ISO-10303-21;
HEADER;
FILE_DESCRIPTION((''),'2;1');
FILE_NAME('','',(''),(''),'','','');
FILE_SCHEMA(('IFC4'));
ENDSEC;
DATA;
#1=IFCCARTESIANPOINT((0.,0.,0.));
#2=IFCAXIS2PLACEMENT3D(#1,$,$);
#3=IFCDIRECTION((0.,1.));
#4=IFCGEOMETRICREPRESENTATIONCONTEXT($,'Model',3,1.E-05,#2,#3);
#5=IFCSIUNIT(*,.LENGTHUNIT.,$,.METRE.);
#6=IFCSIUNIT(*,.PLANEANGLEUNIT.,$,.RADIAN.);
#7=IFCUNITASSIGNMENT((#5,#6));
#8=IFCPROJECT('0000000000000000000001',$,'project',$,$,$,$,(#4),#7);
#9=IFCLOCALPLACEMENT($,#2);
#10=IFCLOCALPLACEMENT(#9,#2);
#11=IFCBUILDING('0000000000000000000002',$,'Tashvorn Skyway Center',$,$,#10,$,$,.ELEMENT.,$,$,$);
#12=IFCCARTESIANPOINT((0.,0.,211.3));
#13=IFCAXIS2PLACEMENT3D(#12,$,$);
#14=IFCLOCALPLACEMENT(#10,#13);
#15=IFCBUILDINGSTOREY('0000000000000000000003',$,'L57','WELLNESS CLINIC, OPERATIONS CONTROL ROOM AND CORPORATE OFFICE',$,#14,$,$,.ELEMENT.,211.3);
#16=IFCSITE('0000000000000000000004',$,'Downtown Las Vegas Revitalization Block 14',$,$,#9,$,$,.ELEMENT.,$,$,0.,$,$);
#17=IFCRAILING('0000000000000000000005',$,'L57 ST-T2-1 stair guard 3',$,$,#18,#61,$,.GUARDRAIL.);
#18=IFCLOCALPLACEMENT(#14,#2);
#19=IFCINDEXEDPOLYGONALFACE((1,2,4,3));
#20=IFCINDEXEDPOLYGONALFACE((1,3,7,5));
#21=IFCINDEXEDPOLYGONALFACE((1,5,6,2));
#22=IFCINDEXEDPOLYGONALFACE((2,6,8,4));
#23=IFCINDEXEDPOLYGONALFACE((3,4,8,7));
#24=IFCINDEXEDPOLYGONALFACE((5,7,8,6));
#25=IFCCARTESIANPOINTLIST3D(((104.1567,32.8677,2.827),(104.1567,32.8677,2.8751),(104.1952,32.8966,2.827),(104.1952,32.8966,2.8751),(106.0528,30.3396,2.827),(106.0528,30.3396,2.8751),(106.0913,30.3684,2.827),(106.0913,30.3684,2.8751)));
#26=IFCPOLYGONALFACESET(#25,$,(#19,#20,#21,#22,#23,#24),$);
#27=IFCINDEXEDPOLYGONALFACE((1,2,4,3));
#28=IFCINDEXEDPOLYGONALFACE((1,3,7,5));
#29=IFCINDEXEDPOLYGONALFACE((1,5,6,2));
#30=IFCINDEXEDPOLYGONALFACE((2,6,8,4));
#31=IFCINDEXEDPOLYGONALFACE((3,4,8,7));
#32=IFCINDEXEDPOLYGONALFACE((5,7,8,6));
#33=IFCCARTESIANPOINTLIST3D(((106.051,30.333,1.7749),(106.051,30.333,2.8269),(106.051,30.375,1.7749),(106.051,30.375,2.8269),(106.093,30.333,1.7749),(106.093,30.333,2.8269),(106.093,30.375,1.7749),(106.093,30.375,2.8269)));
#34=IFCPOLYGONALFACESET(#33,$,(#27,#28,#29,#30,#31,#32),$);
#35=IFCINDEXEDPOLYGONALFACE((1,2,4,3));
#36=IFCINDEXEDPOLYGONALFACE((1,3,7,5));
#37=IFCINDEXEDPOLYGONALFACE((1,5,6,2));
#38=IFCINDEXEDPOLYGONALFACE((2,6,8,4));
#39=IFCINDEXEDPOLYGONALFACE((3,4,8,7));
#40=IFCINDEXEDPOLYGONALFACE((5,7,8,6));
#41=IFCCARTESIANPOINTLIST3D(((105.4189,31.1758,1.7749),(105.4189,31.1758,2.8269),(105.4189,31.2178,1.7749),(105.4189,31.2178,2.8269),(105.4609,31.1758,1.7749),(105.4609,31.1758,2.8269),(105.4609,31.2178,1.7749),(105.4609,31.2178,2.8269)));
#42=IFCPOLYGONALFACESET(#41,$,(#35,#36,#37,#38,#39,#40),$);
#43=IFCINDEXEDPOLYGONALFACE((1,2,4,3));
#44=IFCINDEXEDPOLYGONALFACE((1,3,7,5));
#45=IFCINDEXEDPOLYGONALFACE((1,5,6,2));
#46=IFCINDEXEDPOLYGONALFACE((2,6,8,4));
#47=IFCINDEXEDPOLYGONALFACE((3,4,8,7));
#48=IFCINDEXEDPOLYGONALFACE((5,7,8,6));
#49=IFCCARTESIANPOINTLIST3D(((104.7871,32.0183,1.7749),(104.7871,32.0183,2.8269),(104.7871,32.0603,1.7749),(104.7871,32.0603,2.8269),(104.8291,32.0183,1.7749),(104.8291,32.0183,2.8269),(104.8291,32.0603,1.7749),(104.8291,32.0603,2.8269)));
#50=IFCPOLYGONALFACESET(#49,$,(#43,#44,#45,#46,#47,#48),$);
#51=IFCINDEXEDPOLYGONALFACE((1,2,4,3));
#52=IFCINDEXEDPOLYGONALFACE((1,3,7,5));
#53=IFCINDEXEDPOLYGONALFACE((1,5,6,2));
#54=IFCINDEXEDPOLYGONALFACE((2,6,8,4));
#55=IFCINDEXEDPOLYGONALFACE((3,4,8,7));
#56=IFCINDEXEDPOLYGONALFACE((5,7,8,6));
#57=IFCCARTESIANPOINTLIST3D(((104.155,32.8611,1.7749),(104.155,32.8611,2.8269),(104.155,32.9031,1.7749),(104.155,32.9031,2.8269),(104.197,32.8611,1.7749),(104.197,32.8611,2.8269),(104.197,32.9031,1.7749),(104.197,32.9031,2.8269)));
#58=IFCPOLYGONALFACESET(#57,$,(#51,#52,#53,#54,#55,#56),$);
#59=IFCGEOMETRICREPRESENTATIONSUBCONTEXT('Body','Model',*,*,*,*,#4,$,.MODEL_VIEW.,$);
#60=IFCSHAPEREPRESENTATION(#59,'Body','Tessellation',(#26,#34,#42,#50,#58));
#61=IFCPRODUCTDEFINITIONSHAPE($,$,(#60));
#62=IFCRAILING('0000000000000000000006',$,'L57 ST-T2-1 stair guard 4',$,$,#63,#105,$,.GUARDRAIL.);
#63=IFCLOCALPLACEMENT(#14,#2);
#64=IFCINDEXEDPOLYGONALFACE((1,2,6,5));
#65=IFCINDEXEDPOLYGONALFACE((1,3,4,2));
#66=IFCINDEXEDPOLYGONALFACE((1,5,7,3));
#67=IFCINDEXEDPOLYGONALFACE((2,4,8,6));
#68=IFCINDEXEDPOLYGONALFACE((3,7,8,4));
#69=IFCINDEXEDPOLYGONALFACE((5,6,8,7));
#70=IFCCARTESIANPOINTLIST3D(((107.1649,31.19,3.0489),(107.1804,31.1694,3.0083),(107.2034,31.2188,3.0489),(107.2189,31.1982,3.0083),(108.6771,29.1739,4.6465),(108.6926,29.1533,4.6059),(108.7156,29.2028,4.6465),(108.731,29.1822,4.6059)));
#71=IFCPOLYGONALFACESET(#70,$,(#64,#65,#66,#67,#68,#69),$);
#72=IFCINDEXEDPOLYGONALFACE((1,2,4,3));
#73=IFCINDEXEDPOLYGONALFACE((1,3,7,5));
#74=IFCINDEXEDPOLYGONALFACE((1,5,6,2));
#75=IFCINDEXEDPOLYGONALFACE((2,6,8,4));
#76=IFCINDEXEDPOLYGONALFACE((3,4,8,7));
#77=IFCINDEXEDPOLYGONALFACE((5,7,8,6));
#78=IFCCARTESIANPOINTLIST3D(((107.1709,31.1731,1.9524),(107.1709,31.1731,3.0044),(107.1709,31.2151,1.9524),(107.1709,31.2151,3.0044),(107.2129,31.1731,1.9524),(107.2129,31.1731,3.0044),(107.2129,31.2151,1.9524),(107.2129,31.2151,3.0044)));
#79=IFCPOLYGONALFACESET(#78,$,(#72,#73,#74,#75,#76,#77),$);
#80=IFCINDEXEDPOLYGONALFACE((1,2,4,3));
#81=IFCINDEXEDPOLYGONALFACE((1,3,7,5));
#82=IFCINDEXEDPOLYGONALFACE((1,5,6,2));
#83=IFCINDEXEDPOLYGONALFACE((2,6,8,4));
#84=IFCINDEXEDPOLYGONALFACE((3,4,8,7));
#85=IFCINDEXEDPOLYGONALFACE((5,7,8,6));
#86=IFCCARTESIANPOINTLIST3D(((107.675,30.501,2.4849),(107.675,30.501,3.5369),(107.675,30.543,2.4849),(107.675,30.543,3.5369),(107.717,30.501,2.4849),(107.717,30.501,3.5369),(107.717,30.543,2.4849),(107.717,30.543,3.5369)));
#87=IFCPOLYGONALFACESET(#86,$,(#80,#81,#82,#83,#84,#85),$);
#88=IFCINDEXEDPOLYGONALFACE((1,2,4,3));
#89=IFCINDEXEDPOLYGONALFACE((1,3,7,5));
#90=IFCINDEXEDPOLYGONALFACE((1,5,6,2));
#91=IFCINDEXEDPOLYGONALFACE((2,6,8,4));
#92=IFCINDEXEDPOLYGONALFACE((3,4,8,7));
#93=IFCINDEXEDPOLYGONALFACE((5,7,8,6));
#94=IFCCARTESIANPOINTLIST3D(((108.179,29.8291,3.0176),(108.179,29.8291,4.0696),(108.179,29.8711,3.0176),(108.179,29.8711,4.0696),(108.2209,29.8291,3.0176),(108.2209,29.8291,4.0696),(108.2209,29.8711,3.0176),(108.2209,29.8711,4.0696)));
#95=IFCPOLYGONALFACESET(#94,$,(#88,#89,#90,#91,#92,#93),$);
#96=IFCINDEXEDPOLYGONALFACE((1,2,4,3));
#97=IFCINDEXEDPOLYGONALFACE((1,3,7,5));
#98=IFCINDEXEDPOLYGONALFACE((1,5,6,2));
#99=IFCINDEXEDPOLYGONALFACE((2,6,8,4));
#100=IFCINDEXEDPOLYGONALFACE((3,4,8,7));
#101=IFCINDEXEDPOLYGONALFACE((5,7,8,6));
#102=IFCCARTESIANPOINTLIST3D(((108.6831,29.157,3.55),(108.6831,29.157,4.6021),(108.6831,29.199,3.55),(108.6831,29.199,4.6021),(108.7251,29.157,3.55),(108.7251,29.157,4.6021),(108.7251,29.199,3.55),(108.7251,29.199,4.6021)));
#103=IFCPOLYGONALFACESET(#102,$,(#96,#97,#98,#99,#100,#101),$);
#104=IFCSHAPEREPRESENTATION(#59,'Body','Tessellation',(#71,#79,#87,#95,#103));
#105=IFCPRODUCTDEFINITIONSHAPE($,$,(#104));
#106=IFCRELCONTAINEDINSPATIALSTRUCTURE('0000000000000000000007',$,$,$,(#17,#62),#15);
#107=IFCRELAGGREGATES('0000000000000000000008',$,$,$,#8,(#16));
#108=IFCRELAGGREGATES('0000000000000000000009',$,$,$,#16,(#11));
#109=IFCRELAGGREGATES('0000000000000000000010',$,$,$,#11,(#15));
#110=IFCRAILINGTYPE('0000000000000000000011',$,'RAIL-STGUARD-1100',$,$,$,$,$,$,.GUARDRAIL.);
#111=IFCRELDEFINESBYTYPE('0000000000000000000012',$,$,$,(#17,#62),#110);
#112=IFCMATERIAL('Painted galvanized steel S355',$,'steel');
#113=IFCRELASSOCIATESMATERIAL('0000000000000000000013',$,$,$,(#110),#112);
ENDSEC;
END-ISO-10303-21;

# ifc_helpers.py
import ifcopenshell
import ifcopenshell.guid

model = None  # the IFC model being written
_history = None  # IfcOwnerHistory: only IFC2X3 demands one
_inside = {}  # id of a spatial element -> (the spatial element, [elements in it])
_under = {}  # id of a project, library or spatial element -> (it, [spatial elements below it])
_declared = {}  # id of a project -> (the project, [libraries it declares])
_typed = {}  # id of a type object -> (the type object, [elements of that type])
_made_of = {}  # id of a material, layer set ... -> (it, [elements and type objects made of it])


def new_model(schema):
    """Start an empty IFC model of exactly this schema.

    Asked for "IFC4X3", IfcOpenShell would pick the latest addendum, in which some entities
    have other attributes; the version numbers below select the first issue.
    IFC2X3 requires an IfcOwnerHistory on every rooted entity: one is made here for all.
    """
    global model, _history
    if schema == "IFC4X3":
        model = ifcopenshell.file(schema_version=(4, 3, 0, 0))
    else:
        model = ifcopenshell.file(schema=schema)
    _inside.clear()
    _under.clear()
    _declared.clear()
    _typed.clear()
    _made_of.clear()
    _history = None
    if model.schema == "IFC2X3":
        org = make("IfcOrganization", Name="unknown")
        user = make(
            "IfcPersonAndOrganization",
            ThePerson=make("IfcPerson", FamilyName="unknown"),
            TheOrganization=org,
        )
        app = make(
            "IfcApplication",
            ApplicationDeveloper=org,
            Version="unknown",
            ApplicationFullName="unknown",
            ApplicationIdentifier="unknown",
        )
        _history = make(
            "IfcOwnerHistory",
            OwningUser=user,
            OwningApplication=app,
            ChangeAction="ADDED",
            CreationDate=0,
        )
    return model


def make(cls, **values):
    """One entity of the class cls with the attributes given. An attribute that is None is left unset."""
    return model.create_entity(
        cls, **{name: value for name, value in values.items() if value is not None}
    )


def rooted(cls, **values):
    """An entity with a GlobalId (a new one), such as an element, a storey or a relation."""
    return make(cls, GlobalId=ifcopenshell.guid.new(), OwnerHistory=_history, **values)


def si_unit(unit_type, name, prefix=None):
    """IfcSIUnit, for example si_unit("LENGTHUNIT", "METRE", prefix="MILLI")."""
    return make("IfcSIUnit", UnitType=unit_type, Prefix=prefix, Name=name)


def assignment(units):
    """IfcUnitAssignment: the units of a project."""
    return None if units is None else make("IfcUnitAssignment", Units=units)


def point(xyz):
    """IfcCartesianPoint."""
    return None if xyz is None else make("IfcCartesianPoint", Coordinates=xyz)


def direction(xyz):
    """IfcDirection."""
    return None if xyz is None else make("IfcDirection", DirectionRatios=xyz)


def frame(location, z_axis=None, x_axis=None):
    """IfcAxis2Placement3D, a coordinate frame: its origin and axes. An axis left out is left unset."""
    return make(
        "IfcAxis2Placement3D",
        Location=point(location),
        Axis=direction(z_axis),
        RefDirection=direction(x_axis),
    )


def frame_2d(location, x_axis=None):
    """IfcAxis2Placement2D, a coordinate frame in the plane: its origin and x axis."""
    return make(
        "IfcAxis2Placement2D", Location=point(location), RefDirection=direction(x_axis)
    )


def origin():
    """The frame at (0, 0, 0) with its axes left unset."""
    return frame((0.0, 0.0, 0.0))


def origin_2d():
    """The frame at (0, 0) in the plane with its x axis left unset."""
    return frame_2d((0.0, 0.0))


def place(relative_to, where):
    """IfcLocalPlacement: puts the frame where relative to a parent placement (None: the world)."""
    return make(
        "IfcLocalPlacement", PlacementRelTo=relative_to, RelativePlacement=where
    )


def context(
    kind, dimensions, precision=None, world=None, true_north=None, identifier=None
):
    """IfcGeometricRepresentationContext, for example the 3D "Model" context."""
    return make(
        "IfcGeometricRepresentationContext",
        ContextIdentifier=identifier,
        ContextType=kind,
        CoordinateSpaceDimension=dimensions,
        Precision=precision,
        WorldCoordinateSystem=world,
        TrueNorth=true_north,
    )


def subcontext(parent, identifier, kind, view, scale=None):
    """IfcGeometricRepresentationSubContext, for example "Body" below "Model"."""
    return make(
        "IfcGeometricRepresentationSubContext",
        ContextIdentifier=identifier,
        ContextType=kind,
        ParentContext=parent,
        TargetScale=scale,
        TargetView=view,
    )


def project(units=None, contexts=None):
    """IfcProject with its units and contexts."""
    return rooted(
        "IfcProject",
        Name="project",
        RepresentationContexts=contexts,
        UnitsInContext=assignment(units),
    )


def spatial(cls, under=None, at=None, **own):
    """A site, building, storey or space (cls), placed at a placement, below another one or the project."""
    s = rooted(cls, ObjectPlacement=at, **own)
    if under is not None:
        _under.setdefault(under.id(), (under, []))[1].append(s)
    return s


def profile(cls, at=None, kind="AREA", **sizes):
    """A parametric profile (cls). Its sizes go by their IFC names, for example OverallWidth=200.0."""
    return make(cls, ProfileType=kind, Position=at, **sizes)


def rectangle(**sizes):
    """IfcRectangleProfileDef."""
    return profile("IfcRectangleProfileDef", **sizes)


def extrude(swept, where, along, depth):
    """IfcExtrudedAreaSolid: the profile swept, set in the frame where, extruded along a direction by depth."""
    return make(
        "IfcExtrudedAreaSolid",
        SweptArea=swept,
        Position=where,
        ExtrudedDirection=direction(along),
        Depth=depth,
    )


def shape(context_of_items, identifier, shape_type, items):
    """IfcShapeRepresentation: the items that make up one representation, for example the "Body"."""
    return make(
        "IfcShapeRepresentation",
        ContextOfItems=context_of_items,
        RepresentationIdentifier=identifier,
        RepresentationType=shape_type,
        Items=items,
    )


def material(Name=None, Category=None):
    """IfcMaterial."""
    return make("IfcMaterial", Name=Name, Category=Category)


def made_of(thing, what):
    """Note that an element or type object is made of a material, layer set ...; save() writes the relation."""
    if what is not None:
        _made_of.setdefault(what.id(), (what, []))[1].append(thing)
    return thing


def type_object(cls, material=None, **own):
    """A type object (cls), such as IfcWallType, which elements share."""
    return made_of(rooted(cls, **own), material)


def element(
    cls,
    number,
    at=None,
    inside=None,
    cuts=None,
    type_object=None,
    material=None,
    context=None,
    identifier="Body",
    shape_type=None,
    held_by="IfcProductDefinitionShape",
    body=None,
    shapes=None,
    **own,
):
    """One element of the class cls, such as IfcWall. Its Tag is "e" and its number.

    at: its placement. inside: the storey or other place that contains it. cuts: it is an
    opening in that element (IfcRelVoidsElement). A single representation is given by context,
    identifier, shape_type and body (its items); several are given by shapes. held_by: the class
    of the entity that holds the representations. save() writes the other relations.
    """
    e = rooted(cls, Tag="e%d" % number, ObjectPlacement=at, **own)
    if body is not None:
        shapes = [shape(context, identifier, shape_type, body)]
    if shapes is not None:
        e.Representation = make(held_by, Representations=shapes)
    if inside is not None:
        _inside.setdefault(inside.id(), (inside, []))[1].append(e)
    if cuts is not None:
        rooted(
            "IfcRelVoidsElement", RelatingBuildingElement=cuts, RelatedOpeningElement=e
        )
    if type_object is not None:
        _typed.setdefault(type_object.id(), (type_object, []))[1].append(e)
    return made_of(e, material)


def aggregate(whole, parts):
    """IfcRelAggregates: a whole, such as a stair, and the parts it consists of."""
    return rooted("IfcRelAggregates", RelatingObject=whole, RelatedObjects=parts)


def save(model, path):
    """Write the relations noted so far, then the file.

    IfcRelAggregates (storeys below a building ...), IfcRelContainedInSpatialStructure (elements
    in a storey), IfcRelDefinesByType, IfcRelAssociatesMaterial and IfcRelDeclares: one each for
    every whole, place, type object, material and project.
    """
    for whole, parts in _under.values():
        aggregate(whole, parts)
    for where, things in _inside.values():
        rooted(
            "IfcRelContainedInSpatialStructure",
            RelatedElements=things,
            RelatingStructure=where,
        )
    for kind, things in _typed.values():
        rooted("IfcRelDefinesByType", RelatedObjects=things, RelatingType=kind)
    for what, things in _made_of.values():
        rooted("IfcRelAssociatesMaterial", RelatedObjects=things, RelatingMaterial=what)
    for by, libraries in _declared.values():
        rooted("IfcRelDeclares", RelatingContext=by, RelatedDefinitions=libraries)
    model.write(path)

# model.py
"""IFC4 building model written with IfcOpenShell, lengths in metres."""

from ifc_helpers import new_model, si_unit, direction, frame, origin, origin_2d, place, context, subcontext, project, spatial, rectangle, extrude, material, type_object, element, save


model = new_model("IFC4")

# Units and contexts
model_context = context("Model", 3, precision=1e-05, world=origin(), true_north=direction((0.0, 1.0)))
body_context = subcontext(model_context, "Body", "Model", "MODEL_VIEW")
ifc_project = project(units=[si_unit("LENGTHUNIT", "METRE"), si_unit("PLANEANGLEUNIT", "RADIAN")], contexts=[model_context])

# Site, building, storey
site_placement = place(None, origin())
site = spatial("IfcSite", under=ifc_project, at=site_placement, Name="Downtown Las Vegas Revitalization Block 14", CompositionType="ELEMENT", RefElevation=0.0)
building_placement = place(site_placement, origin())
building = spatial("IfcBuilding", under=site, at=building_placement, Name="Tashvorn Skyway Center", CompositionType="ELEMENT")
storey_placement = place(building_placement, frame((0.0, 0.0, 211.3)))
storey = spatial("IfcBuildingStorey", under=building, at=storey_placement, Name="L57", Description="WELLNESS CLINIC, OPERATIONS CONTROL ROOM AND CORPORATE OFFICE", CompositionType="ELEMENT", Elevation=211.3)

# Railings
ifc_material_1 = material(Name="Painted galvanized steel S355", Category="steel")
railing_type_1 = type_object("IfcRailingType", Name="RAIL-STGUARD-1100", PredefinedType="GUARDRAIL", material=ifc_material_1)
railing_1_placement = place(storey_placement, frame((106.072, 30.354, 1.7749)))
element("IfcRailing", 1, at=railing_1_placement, inside=storey, type_object=railing_type_1, Name="L57 ST-T2-1 stair guard 3", PredefinedType="GUARDRAIL", context=body_context, shape_type="SweptSolid", body=[
    extrude(rectangle(XDim=0.0481, YDim=0.0481, at=origin_2d()), frame((0.0, 0.0, 1.0762), z_axis=(-0.599988, 0.800009, 0.0), x_axis=(-0.800009, -0.599988, 0.0)), (0.0, 0.0, 1.0), 3.1602),
    extrude(rectangle(XDim=0.042, YDim=0.042, at=origin_2d()), origin(), (0.0, 0.0, 1.0), 1.052),
    extrude(rectangle(XDim=0.042, YDim=0.042, at=origin_2d()), frame((-0.6321, 0.8428, 0.0)), (0.0, 0.0, 1.0), 1.052),
    extrude(rectangle(XDim=0.042, YDim=0.042, at=origin_2d()), frame((-1.2639, 1.6853, 0.0)), (0.0, 0.0, 1.0), 1.052),
    extrude(rectangle(XDim=0.042, YDim=0.042, at=origin_2d()), frame((-1.896, 2.5281, 0.0)), (0.0, 0.0, 1.0), 1.052),
])
railing_2_placement = place(storey_placement, frame((107.1919, 31.1941, 1.9524)))
element("IfcRailing", 2, at=railing_2_placement, inside=storey, type_object=railing_type_1, Name="L57 ST-T2-1 stair guard 4", PredefinedType="GUARDRAIL", context=body_context, shape_type="SweptSolid", body=[
    extrude(rectangle(XDim=0.0481, YDim=0.0481, at=origin_2d()), frame((0.0, 0.0, 1.0762), z_axis=(0.506779, -0.675651, 0.535416), x_axis=(0.799977, 0.600031, 0.0)), (0.0, 0.0, 1.0), 2.9839),
    extrude(rectangle(XDim=0.042, YDim=0.042, at=origin_2d()), origin(), (0.0, 0.0, 1.0), 1.052),
    extrude(rectangle(XDim=0.042, YDim=0.042, at=origin_2d()), frame((0.5042, -0.6721, 0.5325)), (0.0, 0.0, 1.0), 1.052),
    extrude(rectangle(XDim=0.042, YDim=0.042, at=origin_2d()), frame((1.0081, -1.344, 1.0652)), (0.0, 0.0, 1.0), 1.052),
    extrude(rectangle(XDim=0.042, YDim=0.042, at=origin_2d()), frame((1.5122, -2.0161, 1.5977)), (0.0, 0.0, 1.0), 1.052),
])

save(model, "model.ifc")
